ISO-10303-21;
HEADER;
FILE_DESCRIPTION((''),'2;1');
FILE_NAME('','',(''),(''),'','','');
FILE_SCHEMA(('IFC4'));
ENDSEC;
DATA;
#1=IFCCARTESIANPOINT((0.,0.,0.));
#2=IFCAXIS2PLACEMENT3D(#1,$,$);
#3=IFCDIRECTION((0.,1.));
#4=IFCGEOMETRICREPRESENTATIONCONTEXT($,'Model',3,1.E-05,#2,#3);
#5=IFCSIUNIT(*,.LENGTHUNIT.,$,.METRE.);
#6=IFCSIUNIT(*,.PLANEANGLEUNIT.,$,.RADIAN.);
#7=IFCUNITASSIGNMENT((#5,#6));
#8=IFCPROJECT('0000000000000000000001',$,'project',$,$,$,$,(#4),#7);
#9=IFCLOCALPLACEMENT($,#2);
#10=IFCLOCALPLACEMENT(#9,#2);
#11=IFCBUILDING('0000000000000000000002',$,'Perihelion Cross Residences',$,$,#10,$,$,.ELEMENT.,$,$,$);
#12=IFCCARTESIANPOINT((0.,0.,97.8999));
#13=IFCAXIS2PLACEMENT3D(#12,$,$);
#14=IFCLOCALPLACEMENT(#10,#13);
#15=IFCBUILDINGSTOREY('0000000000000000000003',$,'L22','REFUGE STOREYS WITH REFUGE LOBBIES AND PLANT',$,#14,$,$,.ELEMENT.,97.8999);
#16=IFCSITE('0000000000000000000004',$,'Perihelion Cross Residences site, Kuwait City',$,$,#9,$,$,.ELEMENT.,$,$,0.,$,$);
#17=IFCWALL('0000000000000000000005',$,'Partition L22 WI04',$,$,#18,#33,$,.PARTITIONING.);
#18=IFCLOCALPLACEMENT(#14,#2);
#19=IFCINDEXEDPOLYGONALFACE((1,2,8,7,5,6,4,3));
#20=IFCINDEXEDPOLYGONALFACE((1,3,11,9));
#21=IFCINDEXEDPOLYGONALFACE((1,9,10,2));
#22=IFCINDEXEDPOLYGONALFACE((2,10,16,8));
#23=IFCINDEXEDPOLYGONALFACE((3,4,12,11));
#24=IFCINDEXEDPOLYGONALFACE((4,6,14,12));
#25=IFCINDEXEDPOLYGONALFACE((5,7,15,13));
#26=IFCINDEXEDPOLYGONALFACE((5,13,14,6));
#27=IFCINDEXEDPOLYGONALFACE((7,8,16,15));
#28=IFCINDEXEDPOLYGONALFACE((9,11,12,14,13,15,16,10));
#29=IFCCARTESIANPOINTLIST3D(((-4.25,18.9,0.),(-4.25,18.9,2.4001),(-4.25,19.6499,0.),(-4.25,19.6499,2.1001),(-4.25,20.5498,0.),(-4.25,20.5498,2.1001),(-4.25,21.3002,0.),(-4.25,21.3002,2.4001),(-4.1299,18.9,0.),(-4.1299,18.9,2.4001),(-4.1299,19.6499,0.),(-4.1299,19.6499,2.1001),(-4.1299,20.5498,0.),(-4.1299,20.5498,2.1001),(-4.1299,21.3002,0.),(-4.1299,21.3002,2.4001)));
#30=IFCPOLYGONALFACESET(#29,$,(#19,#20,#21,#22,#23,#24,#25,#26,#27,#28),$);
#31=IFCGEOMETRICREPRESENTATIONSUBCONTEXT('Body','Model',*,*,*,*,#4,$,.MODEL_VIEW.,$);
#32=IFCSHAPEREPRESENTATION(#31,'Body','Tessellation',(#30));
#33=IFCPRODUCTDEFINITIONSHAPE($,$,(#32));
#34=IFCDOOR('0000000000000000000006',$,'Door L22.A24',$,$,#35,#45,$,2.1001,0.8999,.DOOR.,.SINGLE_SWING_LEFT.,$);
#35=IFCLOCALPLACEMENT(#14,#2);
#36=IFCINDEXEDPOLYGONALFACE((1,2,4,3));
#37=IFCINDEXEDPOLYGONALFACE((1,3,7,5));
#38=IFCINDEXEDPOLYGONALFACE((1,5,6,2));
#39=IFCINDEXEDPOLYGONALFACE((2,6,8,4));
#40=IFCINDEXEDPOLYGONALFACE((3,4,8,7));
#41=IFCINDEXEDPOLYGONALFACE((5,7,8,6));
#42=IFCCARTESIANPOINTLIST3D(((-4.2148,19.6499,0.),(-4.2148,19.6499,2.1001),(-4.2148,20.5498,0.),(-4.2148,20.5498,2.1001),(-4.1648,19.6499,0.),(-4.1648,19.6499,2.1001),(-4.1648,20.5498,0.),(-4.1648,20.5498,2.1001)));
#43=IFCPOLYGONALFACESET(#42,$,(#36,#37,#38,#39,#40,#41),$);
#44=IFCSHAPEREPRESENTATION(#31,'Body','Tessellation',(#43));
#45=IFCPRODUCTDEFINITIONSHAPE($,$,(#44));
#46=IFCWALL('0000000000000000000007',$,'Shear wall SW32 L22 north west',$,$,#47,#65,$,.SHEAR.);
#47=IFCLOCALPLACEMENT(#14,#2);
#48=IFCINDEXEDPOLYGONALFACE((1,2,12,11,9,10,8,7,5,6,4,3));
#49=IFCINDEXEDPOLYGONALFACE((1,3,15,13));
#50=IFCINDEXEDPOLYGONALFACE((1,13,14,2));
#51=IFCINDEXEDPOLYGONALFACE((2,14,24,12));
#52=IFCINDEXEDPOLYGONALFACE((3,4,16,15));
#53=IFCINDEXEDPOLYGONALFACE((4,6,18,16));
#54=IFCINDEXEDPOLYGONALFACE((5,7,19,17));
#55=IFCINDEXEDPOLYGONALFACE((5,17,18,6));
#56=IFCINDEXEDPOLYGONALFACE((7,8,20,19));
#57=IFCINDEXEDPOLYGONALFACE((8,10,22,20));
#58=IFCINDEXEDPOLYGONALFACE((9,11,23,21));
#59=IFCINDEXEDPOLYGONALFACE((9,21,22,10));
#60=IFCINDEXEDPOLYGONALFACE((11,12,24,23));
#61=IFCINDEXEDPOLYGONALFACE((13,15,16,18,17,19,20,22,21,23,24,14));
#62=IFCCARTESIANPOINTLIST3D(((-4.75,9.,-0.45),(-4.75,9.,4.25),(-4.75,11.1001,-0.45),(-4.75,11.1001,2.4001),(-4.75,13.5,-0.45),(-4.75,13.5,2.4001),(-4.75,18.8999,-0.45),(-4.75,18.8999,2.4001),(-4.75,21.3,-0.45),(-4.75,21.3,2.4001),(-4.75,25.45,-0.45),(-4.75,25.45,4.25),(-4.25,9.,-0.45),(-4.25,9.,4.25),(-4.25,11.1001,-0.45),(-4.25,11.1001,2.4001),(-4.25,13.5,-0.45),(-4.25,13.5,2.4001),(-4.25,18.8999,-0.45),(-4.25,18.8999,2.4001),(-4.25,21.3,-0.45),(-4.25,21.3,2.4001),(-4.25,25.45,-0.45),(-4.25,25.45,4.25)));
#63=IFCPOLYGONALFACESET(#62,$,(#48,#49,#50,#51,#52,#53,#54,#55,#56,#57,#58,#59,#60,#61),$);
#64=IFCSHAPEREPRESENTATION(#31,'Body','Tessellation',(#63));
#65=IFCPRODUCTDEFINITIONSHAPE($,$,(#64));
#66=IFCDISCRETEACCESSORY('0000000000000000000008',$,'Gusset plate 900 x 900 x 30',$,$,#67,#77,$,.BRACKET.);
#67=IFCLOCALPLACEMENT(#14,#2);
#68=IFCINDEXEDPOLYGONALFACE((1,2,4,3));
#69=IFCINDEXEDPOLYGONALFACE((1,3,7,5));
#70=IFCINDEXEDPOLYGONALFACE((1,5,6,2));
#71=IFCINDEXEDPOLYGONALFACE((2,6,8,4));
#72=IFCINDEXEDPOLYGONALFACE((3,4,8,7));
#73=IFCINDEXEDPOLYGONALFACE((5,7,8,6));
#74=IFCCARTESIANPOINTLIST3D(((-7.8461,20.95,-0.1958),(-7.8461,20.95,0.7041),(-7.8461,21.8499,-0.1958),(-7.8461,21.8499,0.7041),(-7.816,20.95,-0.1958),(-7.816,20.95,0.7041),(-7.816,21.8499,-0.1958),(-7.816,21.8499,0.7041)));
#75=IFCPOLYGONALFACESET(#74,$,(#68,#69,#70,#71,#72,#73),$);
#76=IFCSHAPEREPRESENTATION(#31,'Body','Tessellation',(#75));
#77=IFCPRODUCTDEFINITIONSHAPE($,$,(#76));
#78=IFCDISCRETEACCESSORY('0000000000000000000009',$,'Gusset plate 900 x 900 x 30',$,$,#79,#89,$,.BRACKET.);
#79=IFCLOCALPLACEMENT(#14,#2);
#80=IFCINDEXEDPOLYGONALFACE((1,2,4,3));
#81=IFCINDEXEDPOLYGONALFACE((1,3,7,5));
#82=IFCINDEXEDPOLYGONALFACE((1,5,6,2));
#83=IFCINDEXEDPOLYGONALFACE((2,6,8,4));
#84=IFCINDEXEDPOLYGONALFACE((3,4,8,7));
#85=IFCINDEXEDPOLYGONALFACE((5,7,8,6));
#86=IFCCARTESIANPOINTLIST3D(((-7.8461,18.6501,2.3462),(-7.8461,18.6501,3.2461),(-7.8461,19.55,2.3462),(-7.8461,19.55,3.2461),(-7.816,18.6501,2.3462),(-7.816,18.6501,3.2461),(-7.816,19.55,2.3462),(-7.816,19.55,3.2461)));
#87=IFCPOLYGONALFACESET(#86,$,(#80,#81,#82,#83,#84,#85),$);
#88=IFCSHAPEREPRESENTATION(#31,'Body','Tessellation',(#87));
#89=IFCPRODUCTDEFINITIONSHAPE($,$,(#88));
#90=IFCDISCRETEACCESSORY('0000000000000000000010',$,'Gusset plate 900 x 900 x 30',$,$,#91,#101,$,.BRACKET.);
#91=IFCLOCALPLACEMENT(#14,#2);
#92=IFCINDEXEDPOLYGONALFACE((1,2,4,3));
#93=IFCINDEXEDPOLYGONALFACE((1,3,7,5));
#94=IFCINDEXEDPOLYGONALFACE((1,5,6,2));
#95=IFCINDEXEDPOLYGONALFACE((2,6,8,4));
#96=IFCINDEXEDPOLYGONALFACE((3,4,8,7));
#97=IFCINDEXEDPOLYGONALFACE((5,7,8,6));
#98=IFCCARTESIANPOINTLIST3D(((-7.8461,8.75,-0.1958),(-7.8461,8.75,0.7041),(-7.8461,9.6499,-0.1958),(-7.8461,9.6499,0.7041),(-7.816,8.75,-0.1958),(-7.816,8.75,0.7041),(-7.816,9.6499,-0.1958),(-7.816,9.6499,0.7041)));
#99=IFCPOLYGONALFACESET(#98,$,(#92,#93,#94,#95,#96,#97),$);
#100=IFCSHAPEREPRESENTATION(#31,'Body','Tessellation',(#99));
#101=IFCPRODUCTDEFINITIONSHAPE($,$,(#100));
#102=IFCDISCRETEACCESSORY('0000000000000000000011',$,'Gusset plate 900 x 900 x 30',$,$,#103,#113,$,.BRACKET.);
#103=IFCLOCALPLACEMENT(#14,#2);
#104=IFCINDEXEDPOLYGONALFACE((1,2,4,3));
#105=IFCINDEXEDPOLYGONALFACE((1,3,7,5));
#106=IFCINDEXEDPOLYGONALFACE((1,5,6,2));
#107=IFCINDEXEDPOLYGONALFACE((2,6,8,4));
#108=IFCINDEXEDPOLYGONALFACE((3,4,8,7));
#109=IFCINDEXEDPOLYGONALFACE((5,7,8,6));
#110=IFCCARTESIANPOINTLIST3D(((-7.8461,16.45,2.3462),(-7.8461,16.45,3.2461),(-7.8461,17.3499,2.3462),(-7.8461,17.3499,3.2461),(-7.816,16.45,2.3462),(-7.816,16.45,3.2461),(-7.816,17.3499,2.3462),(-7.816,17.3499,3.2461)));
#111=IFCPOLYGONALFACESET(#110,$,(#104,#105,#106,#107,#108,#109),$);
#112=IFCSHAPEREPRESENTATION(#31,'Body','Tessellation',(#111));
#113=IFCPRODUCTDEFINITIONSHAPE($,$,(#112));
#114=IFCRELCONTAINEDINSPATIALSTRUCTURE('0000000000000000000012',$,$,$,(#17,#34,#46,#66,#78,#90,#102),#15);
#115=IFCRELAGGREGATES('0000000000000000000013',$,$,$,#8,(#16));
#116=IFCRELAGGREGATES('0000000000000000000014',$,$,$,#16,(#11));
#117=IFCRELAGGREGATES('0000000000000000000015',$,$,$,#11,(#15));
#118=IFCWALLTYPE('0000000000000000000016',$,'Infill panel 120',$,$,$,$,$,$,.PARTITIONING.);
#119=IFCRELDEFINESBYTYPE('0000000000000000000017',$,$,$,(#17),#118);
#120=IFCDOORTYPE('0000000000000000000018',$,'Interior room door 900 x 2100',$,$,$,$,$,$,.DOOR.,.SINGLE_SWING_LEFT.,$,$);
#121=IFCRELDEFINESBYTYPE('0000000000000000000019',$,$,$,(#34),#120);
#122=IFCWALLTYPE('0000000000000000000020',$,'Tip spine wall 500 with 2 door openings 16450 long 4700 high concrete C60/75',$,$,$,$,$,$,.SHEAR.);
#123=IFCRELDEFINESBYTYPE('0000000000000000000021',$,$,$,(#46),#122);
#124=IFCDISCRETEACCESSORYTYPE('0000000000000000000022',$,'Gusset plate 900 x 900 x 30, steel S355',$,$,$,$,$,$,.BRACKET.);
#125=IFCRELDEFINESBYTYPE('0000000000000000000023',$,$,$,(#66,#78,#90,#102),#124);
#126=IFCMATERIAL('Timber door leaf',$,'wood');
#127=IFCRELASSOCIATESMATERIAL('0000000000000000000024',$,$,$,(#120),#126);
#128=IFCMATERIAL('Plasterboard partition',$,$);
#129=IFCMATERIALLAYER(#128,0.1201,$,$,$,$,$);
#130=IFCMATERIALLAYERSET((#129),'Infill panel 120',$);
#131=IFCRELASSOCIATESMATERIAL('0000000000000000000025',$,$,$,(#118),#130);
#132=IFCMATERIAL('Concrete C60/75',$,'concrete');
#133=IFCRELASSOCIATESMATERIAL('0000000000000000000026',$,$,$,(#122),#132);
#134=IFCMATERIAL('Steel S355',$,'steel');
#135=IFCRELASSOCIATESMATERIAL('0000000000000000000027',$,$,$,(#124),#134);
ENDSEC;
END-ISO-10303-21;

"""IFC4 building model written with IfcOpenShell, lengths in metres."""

from ifc_helpers import new_model, si_unit, direction, frame, frame_2d, origin, origin_2d, place, context, subcontext, project, spatial, polyline, rectangle, outline, extrude, material, layer, layer_set, material_profile, profile_set, type_object, element, fill, save


model = new_model("IFC4")

# Units and contexts
model_context = context("Model", 3, precision=1e-05, world=origin(), true_north=direction((0.0, 1.0)))
body_context = subcontext(model_context, "Body", "Model", "MODEL_VIEW")
ifc_project = project(units=[si_unit("LENGTHUNIT", "METRE"), si_unit("PLANEANGLEUNIT", "RADIAN")], contexts=[model_context])

# Site, building, storey
site_placement = place(None, origin())
site = spatial("IfcSite", under=ifc_project, at=site_placement, Name="Perihelion Cross Residences site, Kuwait City", CompositionType="ELEMENT", RefElevation=0.0)
building_placement = place(site_placement, origin())
building = spatial("IfcBuilding", under=site, at=building_placement, Name="Perihelion Cross Residences", CompositionType="ELEMENT")
storey_placement = place(building_placement, frame((0.0, 0.0, 97.8999)))
storey = spatial("IfcBuildingStorey", under=building, at=storey_placement, Name="L22", Description="REFUGE STOREYS WITH REFUGE LOBBIES AND PLANT", CompositionType="ELEMENT", Elevation=97.8999)

# Shared definitions
ifc_material_1 = material(Name="Timber door leaf", Category="wood")
door_type_1 = type_object("IfcDoorType", Name="Interior room door 900 x 2100", OperationType="SINGLE_SWING_LEFT", PredefinedType="DOOR", material=ifc_material_1)

# Wall, opening, door
ifc_material_2 = material(Name="Plasterboard partition")
ifc_layer_1 = layer(ifc_material_2, 0.1201)
ifc_layer_set_1 = layer_set([ifc_layer_1], Name="Infill panel 120")
wall_type_1 = type_object("IfcWallType", Name="Infill panel 120", PredefinedType="PARTITIONING", material=ifc_layer_set_1)
wall_1_placement = place(storey_placement, frame((-4.1899, 18.8999, 0.0), z_axis=(0.0, 0.0, 1.0), x_axis=(0.0, 1.0, 0.0)))
wall_1 = element("IfcWall", 1, at=wall_1_placement, inside=storey, type_object=wall_type_1, Name="Partition L22 WI04", PredefinedType="PARTITIONING", context=body_context, shape_type="SweptSolid", body=[
    extrude(rectangle(XDim=2.4001, YDim=0.1201, at=frame_2d((1.2002, 0.0))), origin(), (0.0, 0.0, 1.0), 2.4001),
])
opening_1_placement = place(wall_1_placement, frame((0.75, 0.0, 0.0)))
opening_1 = element("IfcOpeningElement", 2, at=opening_1_placement, cuts=wall_1, PredefinedType="OPENING", context=body_context, shape_type="SweptSolid", body=[
    extrude(rectangle(XDim=0.8999, YDim=2.1001, at=frame_2d((0.45, 1.05))), frame((0.0, 0.0701, 0.0), z_axis=(0.0, -1.0, 0.0), x_axis=(1.0, 0.0, 0.0)), (0.0, 0.0, 1.0), 0.1401),
])
door_1_placement = place(opening_1_placement, origin())
door_1 = element("IfcDoor", 3, at=door_1_placement, inside=storey, type_object=door_type_1, Name="Door L22.A24", OperationType="SINGLE_SWING_LEFT", OverallHeight=2.1001, OverallWidth=0.8999, PredefinedType="DOOR", context=body_context, shape_type="SweptSolid", body=[
    extrude(rectangle(XDim=0.8999, YDim=2.1001, at=frame_2d((0.45, 1.05))), frame((0.0, 0.0249, 0.0), z_axis=(0.0, -1.0, 0.0), x_axis=(1.0, 0.0, 0.0)), (0.0, 0.0, 1.0), 0.05),
])
fill(opening_1, door_1)

# Wall
ifc_material_3 = material(Name="Concrete C60/75", Category="concrete")
ifc_material_profile_1 = material_profile(ifc_material_3, outline(polyline([(0.0, 0.0), (2.1001, 0.0), (2.1001, 2.8501), (4.5, 2.8501), (4.5, 0.0), (9.8999, 0.0), (9.8999, 2.8501), (12.3, 2.8501), (12.3, 0.0), (16.45, 0.0), (16.45, 4.7), (0.0, 4.7), (0.0, 0.0)])), Name="Tip spine wall")
ifc_profile_set_1 = profile_set([ifc_material_profile_1], Name="Concrete C60/75")
wall_type_2 = type_object("IfcWallType", Name="Tip spine wall 500 with 2 door openings 16450 long 4700 high concrete C60/75", PredefinedType="SHEAR", material=ifc_profile_set_1)
wall_2_placement = place(storey_placement, frame((-4.75, 9.0, -0.45), z_axis=(1.0, 0.0, 0.0), x_axis=(0.0, 1.0, 0.0)))
element("IfcWall", 4, at=wall_2_placement, inside=storey, type_object=wall_type_2, Name="Shear wall SW32 L22 north west", PredefinedType="SHEAR", context=body_context, shape_type="SweptSolid", body=[
    extrude(outline(polyline([(0.0, 0.0), (2.1001, 0.0), (2.1001, 2.8501), (4.5, 2.8501), (4.5, 0.0), (9.8999, 0.0), (9.8999, 2.8501), (12.3, 2.8501), (12.3, 0.0), (16.45, 0.0), (16.45, 4.7), (0.0, 4.7), (0.0, 0.0)])), origin(), (0.0, 0.0, 1.0), 0.5),
])

# Discrete accessories
ifc_material_4 = material(Name="Steel S355", Category="steel")
discrete_accessory_type = type_object("IfcDiscreteAccessoryType", Name="Gusset plate 900 x 900 x 30, steel S355", PredefinedType="BRACKET", material=ifc_material_4)
for number, where, z_axis, x_axis, name in (
    (5, (-7.8311, 21.3999, -0.1958), (0.0, 0.0, 1.0), (0.0, -1.0, 0.0), "Gusset plate 900 x 900 x 30"),
    (6, (-7.8311, 19.1001, 2.3462), (0.0, 0.0, 1.0), (0.0, 1.0, 0.0), "Gusset plate 900 x 900 x 30"),
    (7, (-7.8311, 9.2, -0.1958), (0.0, 0.0, 1.0), (0.0, 1.0, 0.0), "Gusset plate 900 x 900 x 30"),
    (8, (-7.8311, 16.8999, 2.3462), (0.0, 0.0, 1.0), (0.0, -1.0, 0.0), "Gusset plate 900 x 900 x 30"),
):
    element("IfcDiscreteAccessory", number, at=place(storey_placement, frame(where, z_axis=z_axis, x_axis=x_axis)), inside=storey, type_object=discrete_accessory_type, Name=name, PredefinedType="BRACKET", context=body_context, shape_type="SweptSolid", body=[
        extrude(rectangle(XDim=0.8999, YDim=0.03, at=origin_2d()), origin(), (0.0, 0.0, 1.0), 0.8999),
    ])

save(model, "model.ifc")
